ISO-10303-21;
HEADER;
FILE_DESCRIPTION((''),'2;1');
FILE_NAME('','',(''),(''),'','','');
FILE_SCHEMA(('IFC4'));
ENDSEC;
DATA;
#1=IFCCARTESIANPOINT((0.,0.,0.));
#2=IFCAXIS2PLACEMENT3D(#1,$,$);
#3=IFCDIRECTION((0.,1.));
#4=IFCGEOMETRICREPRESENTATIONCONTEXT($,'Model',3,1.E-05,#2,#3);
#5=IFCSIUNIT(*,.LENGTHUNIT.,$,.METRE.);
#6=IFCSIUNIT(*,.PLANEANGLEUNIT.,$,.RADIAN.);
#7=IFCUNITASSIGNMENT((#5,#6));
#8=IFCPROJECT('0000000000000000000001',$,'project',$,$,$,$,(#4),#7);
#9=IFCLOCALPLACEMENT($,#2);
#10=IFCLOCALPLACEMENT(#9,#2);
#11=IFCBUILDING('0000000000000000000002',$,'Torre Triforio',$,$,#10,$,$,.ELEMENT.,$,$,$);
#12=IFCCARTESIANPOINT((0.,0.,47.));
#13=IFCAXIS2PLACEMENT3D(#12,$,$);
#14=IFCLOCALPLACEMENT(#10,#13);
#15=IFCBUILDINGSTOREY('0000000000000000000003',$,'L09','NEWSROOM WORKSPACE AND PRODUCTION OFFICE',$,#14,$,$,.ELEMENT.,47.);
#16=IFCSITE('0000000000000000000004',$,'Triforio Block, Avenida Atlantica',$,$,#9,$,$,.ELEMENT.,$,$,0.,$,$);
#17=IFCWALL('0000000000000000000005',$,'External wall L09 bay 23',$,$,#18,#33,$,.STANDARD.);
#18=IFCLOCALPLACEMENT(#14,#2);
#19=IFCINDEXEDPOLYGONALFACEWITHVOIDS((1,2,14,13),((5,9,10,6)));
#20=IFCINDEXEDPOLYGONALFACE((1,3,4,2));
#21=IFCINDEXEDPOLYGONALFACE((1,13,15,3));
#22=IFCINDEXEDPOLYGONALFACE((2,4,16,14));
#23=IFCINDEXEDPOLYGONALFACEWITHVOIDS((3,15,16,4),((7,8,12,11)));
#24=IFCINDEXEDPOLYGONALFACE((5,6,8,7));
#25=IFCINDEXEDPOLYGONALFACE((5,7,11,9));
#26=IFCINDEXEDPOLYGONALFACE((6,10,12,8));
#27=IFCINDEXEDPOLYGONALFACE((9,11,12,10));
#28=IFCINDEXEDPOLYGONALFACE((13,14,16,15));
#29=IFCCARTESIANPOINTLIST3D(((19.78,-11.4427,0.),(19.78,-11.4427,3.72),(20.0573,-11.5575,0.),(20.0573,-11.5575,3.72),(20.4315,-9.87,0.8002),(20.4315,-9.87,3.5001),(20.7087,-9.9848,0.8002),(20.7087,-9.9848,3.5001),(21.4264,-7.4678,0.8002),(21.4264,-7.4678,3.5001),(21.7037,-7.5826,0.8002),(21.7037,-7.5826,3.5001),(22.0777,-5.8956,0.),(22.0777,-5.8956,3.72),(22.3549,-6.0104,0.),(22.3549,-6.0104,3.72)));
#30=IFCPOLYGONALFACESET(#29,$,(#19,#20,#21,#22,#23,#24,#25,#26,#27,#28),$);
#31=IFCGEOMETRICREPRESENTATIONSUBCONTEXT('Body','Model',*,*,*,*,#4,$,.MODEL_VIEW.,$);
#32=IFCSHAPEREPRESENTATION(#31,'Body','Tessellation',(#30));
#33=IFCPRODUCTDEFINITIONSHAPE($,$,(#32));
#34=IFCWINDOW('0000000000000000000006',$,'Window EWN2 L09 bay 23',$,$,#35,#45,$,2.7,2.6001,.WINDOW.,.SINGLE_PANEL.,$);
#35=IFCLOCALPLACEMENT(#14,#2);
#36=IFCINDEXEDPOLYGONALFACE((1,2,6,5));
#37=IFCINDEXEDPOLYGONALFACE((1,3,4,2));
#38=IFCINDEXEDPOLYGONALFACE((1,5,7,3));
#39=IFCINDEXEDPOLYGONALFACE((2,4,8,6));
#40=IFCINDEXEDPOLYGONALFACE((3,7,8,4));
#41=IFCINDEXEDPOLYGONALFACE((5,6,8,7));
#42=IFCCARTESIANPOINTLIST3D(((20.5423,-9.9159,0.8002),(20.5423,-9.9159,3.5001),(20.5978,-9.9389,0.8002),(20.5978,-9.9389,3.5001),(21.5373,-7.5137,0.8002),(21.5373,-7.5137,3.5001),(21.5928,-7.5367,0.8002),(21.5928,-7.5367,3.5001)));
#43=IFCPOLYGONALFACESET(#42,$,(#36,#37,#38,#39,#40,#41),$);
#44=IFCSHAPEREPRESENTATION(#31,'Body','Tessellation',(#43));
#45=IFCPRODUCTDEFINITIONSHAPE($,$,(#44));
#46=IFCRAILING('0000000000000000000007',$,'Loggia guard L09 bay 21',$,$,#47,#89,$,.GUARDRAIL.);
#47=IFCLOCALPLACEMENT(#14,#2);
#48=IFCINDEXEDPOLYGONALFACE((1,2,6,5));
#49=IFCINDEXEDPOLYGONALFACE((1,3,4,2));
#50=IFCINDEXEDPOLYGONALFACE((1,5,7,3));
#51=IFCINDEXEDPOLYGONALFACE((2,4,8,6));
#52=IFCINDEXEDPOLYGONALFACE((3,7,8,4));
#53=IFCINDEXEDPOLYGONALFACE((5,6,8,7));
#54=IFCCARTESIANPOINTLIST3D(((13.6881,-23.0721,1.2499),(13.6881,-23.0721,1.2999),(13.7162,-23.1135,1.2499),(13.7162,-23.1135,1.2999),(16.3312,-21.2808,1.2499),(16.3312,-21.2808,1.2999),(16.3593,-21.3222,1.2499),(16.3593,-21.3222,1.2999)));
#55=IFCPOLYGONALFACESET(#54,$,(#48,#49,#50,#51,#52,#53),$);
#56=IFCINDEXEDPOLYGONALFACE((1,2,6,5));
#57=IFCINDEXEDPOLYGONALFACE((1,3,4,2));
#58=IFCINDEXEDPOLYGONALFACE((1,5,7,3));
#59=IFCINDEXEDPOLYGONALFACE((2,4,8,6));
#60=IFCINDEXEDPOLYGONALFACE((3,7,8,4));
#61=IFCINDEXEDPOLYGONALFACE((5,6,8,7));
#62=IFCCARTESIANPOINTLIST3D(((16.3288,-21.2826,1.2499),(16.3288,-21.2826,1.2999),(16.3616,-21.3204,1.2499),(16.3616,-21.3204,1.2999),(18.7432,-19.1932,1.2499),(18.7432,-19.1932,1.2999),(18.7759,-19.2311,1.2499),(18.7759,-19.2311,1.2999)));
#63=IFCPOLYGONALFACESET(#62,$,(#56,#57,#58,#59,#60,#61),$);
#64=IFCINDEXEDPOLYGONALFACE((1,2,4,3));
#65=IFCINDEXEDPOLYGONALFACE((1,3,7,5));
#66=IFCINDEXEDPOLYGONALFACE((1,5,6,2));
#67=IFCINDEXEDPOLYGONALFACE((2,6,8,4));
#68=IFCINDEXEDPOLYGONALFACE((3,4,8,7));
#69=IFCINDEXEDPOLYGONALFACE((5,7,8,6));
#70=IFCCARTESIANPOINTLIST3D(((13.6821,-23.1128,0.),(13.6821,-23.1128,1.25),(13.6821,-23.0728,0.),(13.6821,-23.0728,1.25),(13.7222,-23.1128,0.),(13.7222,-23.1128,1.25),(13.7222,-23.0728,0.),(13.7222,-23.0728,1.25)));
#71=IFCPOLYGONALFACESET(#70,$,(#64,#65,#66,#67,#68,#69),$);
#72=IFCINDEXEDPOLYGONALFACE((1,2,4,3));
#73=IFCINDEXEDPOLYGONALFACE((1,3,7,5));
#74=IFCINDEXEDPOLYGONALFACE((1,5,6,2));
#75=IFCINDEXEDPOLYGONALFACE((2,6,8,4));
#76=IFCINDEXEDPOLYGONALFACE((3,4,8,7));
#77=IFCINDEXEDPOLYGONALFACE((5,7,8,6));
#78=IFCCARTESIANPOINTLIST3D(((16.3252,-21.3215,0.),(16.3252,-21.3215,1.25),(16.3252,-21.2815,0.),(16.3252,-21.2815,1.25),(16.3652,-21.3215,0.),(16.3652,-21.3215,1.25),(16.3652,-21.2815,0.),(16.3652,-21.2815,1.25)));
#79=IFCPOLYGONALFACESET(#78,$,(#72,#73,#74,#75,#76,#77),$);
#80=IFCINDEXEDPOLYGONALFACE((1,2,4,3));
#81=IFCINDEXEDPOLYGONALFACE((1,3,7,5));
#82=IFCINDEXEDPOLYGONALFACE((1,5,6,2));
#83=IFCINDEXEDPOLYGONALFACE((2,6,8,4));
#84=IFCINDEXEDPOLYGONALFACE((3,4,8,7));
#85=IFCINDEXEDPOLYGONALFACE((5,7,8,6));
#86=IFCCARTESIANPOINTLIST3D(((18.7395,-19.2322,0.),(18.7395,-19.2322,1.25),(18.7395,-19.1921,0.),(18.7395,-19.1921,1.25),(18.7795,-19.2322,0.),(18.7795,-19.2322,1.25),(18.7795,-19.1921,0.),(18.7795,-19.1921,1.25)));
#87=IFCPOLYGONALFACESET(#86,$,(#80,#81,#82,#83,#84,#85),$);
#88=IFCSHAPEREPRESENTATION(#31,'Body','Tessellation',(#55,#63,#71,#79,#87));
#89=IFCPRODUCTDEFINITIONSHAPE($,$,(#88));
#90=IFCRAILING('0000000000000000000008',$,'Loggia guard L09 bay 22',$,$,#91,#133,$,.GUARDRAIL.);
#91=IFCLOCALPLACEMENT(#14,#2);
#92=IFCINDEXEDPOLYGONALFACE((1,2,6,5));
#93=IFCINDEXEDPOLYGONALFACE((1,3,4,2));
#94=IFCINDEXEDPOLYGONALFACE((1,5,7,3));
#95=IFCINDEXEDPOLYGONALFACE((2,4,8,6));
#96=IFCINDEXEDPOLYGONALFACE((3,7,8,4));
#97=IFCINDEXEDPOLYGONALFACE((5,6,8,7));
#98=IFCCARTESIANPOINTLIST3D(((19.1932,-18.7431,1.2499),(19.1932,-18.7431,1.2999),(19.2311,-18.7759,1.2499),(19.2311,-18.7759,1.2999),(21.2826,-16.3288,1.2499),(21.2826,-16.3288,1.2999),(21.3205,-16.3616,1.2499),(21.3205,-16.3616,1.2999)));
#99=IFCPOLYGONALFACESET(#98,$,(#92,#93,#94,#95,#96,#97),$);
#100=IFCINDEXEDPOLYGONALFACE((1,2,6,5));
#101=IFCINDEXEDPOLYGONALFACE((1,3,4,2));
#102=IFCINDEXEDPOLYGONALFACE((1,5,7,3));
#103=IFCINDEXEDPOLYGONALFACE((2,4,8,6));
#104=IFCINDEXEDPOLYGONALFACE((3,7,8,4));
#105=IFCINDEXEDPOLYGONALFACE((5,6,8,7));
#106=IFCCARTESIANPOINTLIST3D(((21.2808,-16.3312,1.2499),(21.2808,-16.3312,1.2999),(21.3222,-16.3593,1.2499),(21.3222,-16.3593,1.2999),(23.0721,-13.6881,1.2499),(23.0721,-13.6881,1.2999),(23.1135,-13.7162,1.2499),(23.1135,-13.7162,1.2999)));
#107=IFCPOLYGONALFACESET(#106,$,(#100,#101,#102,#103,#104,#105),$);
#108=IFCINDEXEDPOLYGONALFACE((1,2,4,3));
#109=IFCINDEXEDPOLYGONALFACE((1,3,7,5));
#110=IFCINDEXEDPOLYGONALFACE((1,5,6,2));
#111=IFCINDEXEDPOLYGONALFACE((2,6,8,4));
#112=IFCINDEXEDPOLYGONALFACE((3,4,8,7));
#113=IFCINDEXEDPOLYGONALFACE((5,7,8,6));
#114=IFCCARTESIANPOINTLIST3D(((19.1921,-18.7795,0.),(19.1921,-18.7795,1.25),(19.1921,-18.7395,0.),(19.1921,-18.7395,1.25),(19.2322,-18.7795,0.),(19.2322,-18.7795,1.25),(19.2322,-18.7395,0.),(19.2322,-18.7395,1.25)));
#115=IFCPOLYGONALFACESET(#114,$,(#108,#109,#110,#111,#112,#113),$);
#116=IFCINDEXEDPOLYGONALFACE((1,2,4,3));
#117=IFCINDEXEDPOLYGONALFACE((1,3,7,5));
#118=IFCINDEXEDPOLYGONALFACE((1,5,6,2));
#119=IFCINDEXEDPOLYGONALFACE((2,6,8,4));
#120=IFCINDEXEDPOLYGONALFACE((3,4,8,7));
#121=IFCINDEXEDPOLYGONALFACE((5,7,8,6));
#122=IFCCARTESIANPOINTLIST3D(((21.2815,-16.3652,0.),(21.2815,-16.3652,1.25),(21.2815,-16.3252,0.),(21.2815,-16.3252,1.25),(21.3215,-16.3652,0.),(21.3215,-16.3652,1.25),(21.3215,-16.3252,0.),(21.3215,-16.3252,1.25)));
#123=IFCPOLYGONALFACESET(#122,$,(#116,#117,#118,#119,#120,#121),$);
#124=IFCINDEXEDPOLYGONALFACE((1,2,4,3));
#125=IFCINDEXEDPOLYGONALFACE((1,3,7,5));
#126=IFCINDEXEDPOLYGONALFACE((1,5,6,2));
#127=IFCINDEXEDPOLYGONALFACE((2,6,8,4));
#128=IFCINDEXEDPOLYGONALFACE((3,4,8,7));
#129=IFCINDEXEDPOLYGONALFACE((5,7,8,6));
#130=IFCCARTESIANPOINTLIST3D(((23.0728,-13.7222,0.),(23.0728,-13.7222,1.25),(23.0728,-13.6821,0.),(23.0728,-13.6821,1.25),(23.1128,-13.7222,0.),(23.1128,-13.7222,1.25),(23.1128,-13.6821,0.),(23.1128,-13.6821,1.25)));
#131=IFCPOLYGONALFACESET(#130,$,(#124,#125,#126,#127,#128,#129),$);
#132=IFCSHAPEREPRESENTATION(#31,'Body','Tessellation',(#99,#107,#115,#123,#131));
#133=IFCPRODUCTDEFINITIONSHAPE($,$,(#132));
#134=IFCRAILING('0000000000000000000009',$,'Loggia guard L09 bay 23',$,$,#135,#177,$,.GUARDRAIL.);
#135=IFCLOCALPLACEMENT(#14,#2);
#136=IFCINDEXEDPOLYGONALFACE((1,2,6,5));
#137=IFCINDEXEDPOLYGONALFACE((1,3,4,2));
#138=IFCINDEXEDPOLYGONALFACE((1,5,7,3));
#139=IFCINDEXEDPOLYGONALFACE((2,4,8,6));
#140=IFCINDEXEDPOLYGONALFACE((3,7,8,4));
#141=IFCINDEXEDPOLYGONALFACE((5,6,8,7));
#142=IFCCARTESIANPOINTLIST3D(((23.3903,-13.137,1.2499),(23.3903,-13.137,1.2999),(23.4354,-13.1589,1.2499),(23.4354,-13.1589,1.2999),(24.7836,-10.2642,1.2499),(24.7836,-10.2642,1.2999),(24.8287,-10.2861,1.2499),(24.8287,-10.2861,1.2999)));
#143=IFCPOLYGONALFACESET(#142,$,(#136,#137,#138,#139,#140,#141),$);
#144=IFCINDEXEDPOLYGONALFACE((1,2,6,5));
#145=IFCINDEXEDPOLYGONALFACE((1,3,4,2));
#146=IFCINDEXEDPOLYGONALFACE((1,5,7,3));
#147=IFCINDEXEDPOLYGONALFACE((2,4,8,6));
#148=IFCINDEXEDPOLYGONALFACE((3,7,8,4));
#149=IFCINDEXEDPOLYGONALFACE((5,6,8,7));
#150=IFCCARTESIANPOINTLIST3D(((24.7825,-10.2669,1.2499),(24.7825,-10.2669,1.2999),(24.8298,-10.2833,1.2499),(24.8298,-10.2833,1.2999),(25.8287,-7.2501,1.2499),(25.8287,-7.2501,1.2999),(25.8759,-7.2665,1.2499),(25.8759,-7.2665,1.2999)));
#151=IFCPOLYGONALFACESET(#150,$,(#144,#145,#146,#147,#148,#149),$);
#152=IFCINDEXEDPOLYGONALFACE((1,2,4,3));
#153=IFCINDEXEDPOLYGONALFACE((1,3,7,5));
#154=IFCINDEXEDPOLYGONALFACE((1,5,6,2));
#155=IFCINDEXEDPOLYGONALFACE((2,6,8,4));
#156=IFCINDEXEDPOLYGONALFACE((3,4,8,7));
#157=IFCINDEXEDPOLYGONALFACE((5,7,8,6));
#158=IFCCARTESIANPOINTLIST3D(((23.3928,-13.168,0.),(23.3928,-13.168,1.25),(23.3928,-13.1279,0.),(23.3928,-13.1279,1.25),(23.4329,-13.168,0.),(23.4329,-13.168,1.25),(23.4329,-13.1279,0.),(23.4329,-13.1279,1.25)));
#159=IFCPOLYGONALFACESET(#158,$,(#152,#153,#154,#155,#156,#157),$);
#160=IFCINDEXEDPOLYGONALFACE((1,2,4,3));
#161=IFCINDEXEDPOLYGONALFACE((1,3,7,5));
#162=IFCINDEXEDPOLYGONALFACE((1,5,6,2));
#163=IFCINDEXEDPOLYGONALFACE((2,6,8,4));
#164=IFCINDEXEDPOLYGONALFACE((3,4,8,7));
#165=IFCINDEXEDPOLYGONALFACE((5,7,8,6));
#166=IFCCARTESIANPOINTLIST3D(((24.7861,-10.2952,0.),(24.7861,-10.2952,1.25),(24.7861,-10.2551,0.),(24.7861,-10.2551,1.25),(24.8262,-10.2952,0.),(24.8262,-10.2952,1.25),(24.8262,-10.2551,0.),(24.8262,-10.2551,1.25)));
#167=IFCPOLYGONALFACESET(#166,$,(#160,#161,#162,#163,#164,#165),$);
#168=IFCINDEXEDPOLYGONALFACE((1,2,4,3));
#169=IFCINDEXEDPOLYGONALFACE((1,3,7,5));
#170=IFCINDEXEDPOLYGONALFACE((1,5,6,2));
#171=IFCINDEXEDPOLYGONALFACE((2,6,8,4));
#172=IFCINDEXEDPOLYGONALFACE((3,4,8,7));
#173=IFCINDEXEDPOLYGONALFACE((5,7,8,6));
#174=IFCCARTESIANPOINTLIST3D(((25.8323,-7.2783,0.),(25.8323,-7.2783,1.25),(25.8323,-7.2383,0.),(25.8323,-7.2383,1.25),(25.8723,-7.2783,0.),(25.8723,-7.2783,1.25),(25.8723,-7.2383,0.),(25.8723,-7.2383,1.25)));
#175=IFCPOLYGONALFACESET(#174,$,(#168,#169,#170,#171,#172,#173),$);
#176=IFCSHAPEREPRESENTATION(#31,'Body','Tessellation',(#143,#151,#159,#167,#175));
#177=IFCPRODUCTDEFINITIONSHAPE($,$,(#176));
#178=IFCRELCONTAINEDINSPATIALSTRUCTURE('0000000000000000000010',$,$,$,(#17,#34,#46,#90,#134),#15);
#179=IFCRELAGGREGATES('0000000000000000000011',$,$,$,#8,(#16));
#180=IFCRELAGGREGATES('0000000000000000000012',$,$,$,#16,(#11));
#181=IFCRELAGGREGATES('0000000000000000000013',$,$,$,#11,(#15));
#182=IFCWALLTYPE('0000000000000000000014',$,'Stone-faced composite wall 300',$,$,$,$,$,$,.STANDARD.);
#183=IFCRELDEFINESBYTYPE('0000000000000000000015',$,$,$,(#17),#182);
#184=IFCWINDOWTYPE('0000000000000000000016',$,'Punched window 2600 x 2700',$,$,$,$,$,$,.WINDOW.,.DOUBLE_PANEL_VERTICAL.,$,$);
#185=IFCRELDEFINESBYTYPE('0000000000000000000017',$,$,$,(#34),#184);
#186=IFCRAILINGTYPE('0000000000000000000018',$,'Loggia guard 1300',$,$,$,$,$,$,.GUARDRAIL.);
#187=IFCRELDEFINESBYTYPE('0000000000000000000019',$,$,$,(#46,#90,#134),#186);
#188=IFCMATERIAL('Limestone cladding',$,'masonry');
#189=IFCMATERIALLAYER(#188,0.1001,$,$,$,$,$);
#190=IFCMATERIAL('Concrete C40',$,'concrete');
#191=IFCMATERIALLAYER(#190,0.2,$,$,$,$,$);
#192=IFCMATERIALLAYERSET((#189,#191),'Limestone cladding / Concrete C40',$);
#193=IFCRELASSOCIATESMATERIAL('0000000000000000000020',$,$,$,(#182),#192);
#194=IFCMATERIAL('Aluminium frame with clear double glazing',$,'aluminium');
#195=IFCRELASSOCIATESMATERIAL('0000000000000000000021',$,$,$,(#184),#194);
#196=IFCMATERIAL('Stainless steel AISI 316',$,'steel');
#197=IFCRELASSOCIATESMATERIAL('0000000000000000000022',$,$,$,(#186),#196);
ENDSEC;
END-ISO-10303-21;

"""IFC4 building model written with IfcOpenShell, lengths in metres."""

from ifc_helpers import new_model, si_unit, direction, frame, frame_2d, origin, origin_2d, place, context, subcontext, project, spatial, rectangle, extrude, material, layer, layer_set, type_object, element, fill, save


model = new_model("IFC4")

# Units and contexts
model_context = context("Model", 3, precision=1e-05, world=origin(), true_north=direction((0.0, 1.0)))
body_context = subcontext(model_context, "Body", "Model", "MODEL_VIEW")
ifc_project = project(units=[si_unit("LENGTHUNIT", "METRE"), si_unit("PLANEANGLEUNIT", "RADIAN")], contexts=[model_context])

# Site, building, storey
site_placement = place(None, origin())
site = spatial("IfcSite", under=ifc_project, at=site_placement, Name="Triforio Block, Avenida Atlantica", CompositionType="ELEMENT", RefElevation=0.0)
building_placement = place(site_placement, origin())
building = spatial("IfcBuilding", under=site, at=building_placement, Name="Torre Triforio", CompositionType="ELEMENT")
storey_placement = place(building_placement, frame((0.0, 0.0, 47.0)))
storey = spatial("IfcBuildingStorey", under=building, at=storey_placement, Name="L09", Description="NEWSROOM WORKSPACE AND PRODUCTION OFFICE", CompositionType="ELEMENT", Elevation=47.0)

# Shared definitions
ifc_material_1 = material(Name="Limestone cladding", Category="masonry")
ifc_material_2 = material(Name="Concrete C40", Category="concrete")

# Shared definitions
ifc_layer_1 = layer(ifc_material_1, 0.1001)
ifc_layer_2 = layer(ifc_material_2, 0.2)
ifc_layer_set_1 = layer_set([ifc_layer_1, ifc_layer_2], Name="Limestone cladding / Concrete C40")
wall_type_1 = type_object("IfcWallType", Name="Stone-faced composite wall 300", PredefinedType="STANDARD", material=ifc_layer_set_1)
ifc_material_3 = material(Name="Aluminium frame with clear double glazing", Category="aluminium")
window_type_1 = type_object("IfcWindowType", Name="Punched window 2600 x 2700", PartitioningType="DOUBLE_PANEL_VERTICAL", PredefinedType="WINDOW", material=ifc_material_3)

# Wall, opening, window
wall_1_placement = place(storey_placement, frame((19.9187, -11.5, 0.0), z_axis=(0.0, 0.0, 1.0), x_axis=(0.382671, 0.923885, 0.0)))
wall_1 = element("IfcWall", 1, at=wall_1_placement, inside=storey, type_object=wall_type_1, Name="External wall L09 bay 23", PredefinedType="STANDARD", context=body_context, shape_type="SweptSolid", body=[
    extrude(rectangle(XDim=6.0042, YDim=0.3, at=frame_2d((3.002, 0.0))), origin(), (0.0, 0.0, 1.0), 3.72),
])
opening_1_placement = place(wall_1_placement, frame((1.7021, 0.0, 0.8)))
opening_1 = element("IfcOpeningElement", 2, at=opening_1_placement, cuts=wall_1, PredefinedType="OPENING", context=body_context, shape_type="SweptSolid", body=[
    extrude(rectangle(XDim=2.6001, YDim=2.7, at=frame_2d((1.3, 1.3501))), frame((0.0, 0.1599, 0.0), z_axis=(0.0, -1.0, 0.0), x_axis=(1.0, 0.0, 0.0)), (0.0, 0.0, 1.0), 0.3201),
])
window_1_placement = place(opening_1_placement, origin())
window_1 = element("IfcWindow", 3, at=window_1_placement, inside=storey, type_object=window_type_1, Name="Window EWN2 L09 bay 23", OverallHeight=2.7, OverallWidth=2.6001, PartitioningType="SINGLE_PANEL", PredefinedType="WINDOW", context=body_context, shape_type="SweptSolid", body=[
    extrude(rectangle(XDim=2.6001, YDim=2.7, at=frame_2d((1.3, 1.3501))), frame((0.0, 0.03, 0.0), z_axis=(0.0, -1.0, 0.0), x_axis=(1.0, 0.0, 0.0)), (0.0, 0.0, 1.0), 0.0601),
])
fill(opening_1, window_1)

# Railings
ifc_material_4 = material(Name="Stainless steel AISI 316", Category="steel")
railing_type = type_object("IfcRailingType", Name="Loggia guard 1300", PredefinedType="GUARDRAIL", material=ifc_material_4)
railing_1_placement = place(storey_placement, frame((13.7021, -23.0928, 0.0)))
element("IfcRailing", 4, at=railing_1_placement, inside=storey, type_object=railing_type, Name="Loggia guard L09 bay 21", PredefinedType="GUARDRAIL", context=body_context, shape_type="SweptSolid", body=[
    extrude(rectangle(XDim=0.05, YDim=0.05, at=origin_2d()), frame((0.0, 0.0, 1.2749), z_axis=(0.827803, 0.561019, 0.0), x_axis=(-0.561019, 0.827803, 0.0)), (0.0, 0.0, 1.0), 3.1929),
    extrude(rectangle(XDim=0.05, YDim=0.05, at=origin_2d()), frame((2.6431, 1.7913, 1.2749), z_axis=(0.756161, 0.654386, 0.0), x_axis=(-0.654386, 0.756161, 0.0)), (0.0, 0.0, 1.0), 3.1929),
    extrude(rectangle(XDim=0.04, YDim=0.04, at=origin_2d()), origin(), (0.0, 0.0, 1.0), 1.25),
    extrude(rectangle(XDim=0.04, YDim=0.04, at=origin_2d()), frame((2.6431, 1.7913, 0.0)), (0.0, 0.0, 1.0), 1.25),
    extrude(rectangle(XDim=0.04, YDim=0.04, at=origin_2d()), frame((5.0574, 3.8806, 0.0)), (0.0, 0.0, 1.0), 1.25),
])
railing_2_placement = place(storey_placement, frame((19.2122, -18.7595, 0.0)))
element("IfcRailing", 5, at=railing_2_placement, inside=storey, type_object=railing_type, Name="Loggia guard L09 bay 22", PredefinedType="GUARDRAIL", context=body_context, shape_type="SweptSolid", body=[
    extrude(rectangle(XDim=0.05, YDim=0.05, at=origin_2d()), frame((0.0, 0.0, 1.2749), z_axis=(0.654386, 0.756161, 0.0), x_axis=(-0.756161, 0.654386, 0.0)), (0.0, 0.0, 1.0), 3.1929),
    extrude(rectangle(XDim=0.05, YDim=0.05, at=origin_2d()), frame((2.0894, 2.4143, 1.2749), z_axis=(0.561019, 0.827803, 0.0), x_axis=(-0.827803, 0.561019, 0.0)), (0.0, 0.0, 1.0), 3.1929),
    extrude(rectangle(XDim=0.04, YDim=0.04, at=origin_2d()), origin(), (0.0, 0.0, 1.0), 1.25),
    extrude(rectangle(XDim=0.04, YDim=0.04, at=origin_2d()), frame((2.0894, 2.4143, 0.0)), (0.0, 0.0, 1.0), 1.25),
    extrude(rectangle(XDim=0.04, YDim=0.04, at=origin_2d()), frame((3.8806, 5.0574, 0.0)), (0.0, 0.0, 1.0), 1.25),
])
railing_3_placement = place(storey_placement, frame((23.4128, -13.1479, 0.0)))
element("IfcRailing", 6, at=railing_3_placement, inside=storey, type_object=railing_type, Name="Loggia guard L09 bay 23", PredefinedType="GUARDRAIL", context=body_context, shape_type="SweptSolid", body=[
    extrude(rectangle(XDim=0.05, YDim=0.05, at=origin_2d()), frame((0.0, 0.0, 1.2749), z_axis=(0.436384, 0.89976, 0.0), x_axis=(-0.89976, 0.436384, 0.0)), (0.0, 0.0, 1.0), 3.1929),
    extrude(rectangle(XDim=0.05, YDim=0.05, at=origin_2d()), frame((1.3933, 2.8728, 1.2749), z_axis=(0.327628, 0.944807, 0.0), x_axis=(-0.944807, 0.327628, 0.0)), (0.0, 0.0, 1.0), 3.1931),
    extrude(rectangle(XDim=0.04, YDim=0.04, at=origin_2d()), origin(), (0.0, 0.0, 1.0), 1.25),
    extrude(rectangle(XDim=0.04, YDim=0.04, at=origin_2d()), frame((1.3933, 2.8728, 0.0)), (0.0, 0.0, 1.0), 1.25),
    extrude(rectangle(XDim=0.04, YDim=0.04, at=origin_2d()), frame((2.4395, 5.8896, 0.0)), (0.0, 0.0, 1.0), 1.25),
])

save(model, "model.ifc")
